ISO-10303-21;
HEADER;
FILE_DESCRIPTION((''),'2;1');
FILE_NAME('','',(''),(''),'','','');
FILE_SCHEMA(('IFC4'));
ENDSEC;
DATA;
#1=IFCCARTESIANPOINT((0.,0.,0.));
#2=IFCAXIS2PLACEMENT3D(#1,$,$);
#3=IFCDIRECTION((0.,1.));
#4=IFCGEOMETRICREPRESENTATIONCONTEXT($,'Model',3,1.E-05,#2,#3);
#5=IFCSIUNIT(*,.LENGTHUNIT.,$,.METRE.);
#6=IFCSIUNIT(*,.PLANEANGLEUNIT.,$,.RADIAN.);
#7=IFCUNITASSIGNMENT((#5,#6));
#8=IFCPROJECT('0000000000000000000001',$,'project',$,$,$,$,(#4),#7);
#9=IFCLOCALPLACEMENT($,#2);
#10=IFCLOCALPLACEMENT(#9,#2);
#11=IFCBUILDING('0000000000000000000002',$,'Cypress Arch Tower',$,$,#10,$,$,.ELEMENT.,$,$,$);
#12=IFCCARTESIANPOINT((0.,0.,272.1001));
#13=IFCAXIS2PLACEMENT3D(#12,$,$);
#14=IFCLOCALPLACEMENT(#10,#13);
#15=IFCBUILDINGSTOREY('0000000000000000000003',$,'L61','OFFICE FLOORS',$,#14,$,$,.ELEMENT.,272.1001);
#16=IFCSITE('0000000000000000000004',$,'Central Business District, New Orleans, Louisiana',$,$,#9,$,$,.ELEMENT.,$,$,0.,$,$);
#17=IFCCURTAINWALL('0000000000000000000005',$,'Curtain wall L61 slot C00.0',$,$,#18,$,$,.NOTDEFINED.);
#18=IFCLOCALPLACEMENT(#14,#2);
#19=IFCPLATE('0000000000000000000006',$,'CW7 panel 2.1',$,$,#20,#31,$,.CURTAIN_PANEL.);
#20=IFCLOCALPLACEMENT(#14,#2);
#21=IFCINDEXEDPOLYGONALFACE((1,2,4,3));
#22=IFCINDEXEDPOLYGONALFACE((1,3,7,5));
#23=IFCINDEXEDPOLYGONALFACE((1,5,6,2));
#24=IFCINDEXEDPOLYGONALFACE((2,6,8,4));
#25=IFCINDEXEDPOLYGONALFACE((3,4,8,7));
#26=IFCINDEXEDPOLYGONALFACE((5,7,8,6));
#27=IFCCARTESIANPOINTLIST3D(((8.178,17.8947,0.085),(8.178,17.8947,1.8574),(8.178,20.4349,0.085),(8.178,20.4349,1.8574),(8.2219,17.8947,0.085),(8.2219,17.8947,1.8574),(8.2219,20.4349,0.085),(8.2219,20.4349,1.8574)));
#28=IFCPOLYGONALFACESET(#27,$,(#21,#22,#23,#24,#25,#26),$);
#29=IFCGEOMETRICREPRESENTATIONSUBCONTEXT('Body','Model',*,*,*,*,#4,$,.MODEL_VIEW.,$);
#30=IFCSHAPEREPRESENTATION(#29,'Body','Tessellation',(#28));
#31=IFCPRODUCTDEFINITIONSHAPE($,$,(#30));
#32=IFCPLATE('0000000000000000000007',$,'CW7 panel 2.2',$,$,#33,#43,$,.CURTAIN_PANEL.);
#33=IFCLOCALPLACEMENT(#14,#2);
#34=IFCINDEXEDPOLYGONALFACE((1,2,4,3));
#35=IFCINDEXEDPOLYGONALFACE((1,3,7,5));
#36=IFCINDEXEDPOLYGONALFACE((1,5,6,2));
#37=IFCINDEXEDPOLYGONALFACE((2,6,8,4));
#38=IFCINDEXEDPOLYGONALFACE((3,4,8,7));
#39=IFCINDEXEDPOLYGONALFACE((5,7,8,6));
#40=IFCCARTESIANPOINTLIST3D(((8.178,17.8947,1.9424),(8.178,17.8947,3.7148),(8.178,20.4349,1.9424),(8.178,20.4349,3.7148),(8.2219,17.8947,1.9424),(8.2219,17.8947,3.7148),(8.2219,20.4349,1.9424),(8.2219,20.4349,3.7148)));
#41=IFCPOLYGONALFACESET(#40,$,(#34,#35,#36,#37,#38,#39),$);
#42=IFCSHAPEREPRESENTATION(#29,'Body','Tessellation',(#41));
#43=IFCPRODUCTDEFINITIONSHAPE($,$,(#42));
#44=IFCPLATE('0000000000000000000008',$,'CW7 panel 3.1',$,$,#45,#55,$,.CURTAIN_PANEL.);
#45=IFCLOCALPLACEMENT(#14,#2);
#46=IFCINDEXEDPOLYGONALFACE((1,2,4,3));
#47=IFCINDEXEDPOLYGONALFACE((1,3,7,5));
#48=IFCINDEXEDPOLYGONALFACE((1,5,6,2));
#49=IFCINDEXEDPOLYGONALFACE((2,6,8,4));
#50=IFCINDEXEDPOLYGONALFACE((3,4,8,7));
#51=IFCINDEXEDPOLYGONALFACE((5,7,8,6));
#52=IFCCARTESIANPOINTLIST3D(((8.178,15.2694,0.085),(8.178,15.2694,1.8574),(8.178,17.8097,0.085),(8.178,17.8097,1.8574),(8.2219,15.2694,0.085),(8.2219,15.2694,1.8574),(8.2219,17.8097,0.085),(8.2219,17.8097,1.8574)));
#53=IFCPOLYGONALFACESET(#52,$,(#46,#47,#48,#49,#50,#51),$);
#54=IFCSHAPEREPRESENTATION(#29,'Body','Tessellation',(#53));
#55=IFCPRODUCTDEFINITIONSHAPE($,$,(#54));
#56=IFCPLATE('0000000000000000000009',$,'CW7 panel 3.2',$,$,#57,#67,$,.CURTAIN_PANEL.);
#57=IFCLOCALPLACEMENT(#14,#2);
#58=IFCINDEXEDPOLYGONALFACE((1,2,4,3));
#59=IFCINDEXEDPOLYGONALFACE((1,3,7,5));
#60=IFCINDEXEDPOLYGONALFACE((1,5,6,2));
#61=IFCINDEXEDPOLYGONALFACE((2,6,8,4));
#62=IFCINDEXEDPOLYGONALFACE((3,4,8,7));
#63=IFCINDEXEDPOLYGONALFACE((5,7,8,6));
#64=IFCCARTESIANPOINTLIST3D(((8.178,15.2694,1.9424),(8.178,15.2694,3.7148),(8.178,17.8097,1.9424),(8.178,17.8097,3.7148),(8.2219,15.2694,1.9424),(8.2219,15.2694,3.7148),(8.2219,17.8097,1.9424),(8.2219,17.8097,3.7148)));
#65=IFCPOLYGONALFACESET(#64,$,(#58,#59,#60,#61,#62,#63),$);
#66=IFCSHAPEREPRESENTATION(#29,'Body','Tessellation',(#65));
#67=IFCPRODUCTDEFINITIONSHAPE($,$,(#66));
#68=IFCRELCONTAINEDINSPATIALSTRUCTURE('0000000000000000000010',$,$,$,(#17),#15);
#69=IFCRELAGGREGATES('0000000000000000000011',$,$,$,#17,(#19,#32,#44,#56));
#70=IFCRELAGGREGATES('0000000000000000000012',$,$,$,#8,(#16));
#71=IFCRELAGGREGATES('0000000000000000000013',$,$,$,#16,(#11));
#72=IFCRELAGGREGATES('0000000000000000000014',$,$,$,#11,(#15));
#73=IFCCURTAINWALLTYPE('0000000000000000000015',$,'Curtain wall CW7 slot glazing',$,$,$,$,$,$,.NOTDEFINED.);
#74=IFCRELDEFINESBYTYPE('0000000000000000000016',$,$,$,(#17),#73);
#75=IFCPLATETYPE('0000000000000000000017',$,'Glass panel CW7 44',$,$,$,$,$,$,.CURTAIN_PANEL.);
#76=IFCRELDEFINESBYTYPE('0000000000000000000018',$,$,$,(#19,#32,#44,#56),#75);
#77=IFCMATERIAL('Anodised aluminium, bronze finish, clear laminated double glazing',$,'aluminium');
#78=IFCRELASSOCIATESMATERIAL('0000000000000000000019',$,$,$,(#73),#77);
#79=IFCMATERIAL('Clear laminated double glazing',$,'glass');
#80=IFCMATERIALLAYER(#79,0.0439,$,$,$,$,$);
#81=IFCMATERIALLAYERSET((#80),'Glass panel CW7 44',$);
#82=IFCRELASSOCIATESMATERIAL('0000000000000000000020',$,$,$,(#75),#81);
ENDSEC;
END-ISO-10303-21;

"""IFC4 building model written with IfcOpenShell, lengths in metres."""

from ifc_helpers import new_model, si_unit, direction, frame, origin, origin_2d, place, context, subcontext, project, spatial, rectangle, extrude, material, layer, layer_set, type_object, element, aggregate, save


model = new_model("IFC4")

# Units and contexts
model_context = context("Model", 3, precision=1e-05, world=origin(), true_north=direction((0.0, 1.0)))
body_context = subcontext(model_context, "Body", "Model", "MODEL_VIEW")
ifc_project = project(units=[si_unit("LENGTHUNIT", "METRE"), si_unit("PLANEANGLEUNIT", "RADIAN")], contexts=[model_context])

# Site, building, storey
site_placement = place(None, origin())
site = spatial("IfcSite", under=ifc_project, at=site_placement, Name="Central Business District, New Orleans, Louisiana", CompositionType="ELEMENT", RefElevation=0.0)
building_placement = place(site_placement, origin())
building = spatial("IfcBuilding", under=site, at=building_placement, Name="Cypress Arch Tower", CompositionType="ELEMENT")
storey_placement = place(building_placement, frame((0.0, 0.0, 272.1001)))
storey = spatial("IfcBuildingStorey", under=building, at=storey_placement, Name="L61", Description="OFFICE FLOORS", CompositionType="ELEMENT", Elevation=272.1001)

# Curtain wall, plates
ifc_material_1 = material(Name="Anodised aluminium, bronze finish, clear laminated double glazing", Category="aluminium")
curtain_wall_type = type_object("IfcCurtainWallType", Name="Curtain wall CW7 slot glazing", PredefinedType="NOTDEFINED", material=ifc_material_1)
curtain_wall_placement = place(storey_placement, origin())
curtain_wall = element("IfcCurtainWall", 1, at=curtain_wall_placement, inside=storey, type_object=curtain_wall_type, Name="Curtain wall L61 slot C00.0", PredefinedType="NOTDEFINED")
ifc_material_2 = material(Name="Clear laminated double glazing", Category="glass")
ifc_layer = layer(ifc_material_2, 0.0439)
ifc_layer_set = layer_set([ifc_layer], Name="Glass panel CW7 44")
plate_type = type_object("IfcPlateType", Name="Glass panel CW7 44", PredefinedType="CURTAIN_PANEL", material=ifc_layer_set)
plate_1_placement = place(storey_placement, frame((8.2, 19.1648, 0.085), z_axis=(0.0, 0.0, 1.0), x_axis=(0.0, -1.0, 0.0)))
plate_1 = element("IfcPlate", 2, at=plate_1_placement, type_object=plate_type, Name="CW7 panel 2.1", PredefinedType="CURTAIN_PANEL", context=body_context, shape_type="SweptSolid", body=[
    extrude(rectangle(XDim=2.5403, YDim=0.0439, at=origin_2d()), origin(), (0.0, 0.0, 1.0), 1.7725),
])
plate_2_placement = place(storey_placement, frame((8.2, 19.1648, 1.9424), z_axis=(0.0, 0.0, 1.0), x_axis=(0.0, -1.0, 0.0)))
plate_2 = element("IfcPlate", 3, at=plate_2_placement, type_object=plate_type, Name="CW7 panel 2.2", PredefinedType="CURTAIN_PANEL", context=body_context, shape_type="SweptSolid", body=[
    extrude(rectangle(XDim=2.5403, YDim=0.0439, at=origin_2d()), origin(), (0.0, 0.0, 1.0), 1.7725),
])
plate_3_placement = place(storey_placement, frame((8.2, 16.5396, 0.085), z_axis=(0.0, 0.0, 1.0), x_axis=(0.0, -1.0, 0.0)))
plate_3 = element("IfcPlate", 4, at=plate_3_placement, type_object=plate_type, Name="CW7 panel 3.1", PredefinedType="CURTAIN_PANEL", context=body_context, shape_type="SweptSolid", body=[
    extrude(rectangle(XDim=2.5403, YDim=0.0439, at=origin_2d()), origin(), (0.0, 0.0, 1.0), 1.7725),
])
plate_4_placement = place(storey_placement, frame((8.2, 16.5396, 1.9424), z_axis=(0.0, 0.0, 1.0), x_axis=(0.0, -1.0, 0.0)))
plate_4 = element("IfcPlate", 5, at=plate_4_placement, type_object=plate_type, Name="CW7 panel 3.2", PredefinedType="CURTAIN_PANEL", context=body_context, shape_type="SweptSolid", body=[
    extrude(rectangle(XDim=2.5403, YDim=0.0439, at=origin_2d()), origin(), (0.0, 0.0, 1.0), 1.7725),
])
aggregate(curtain_wall, [plate_1, plate_2, plate_3, plate_4])

save(model, "model.ifc")
